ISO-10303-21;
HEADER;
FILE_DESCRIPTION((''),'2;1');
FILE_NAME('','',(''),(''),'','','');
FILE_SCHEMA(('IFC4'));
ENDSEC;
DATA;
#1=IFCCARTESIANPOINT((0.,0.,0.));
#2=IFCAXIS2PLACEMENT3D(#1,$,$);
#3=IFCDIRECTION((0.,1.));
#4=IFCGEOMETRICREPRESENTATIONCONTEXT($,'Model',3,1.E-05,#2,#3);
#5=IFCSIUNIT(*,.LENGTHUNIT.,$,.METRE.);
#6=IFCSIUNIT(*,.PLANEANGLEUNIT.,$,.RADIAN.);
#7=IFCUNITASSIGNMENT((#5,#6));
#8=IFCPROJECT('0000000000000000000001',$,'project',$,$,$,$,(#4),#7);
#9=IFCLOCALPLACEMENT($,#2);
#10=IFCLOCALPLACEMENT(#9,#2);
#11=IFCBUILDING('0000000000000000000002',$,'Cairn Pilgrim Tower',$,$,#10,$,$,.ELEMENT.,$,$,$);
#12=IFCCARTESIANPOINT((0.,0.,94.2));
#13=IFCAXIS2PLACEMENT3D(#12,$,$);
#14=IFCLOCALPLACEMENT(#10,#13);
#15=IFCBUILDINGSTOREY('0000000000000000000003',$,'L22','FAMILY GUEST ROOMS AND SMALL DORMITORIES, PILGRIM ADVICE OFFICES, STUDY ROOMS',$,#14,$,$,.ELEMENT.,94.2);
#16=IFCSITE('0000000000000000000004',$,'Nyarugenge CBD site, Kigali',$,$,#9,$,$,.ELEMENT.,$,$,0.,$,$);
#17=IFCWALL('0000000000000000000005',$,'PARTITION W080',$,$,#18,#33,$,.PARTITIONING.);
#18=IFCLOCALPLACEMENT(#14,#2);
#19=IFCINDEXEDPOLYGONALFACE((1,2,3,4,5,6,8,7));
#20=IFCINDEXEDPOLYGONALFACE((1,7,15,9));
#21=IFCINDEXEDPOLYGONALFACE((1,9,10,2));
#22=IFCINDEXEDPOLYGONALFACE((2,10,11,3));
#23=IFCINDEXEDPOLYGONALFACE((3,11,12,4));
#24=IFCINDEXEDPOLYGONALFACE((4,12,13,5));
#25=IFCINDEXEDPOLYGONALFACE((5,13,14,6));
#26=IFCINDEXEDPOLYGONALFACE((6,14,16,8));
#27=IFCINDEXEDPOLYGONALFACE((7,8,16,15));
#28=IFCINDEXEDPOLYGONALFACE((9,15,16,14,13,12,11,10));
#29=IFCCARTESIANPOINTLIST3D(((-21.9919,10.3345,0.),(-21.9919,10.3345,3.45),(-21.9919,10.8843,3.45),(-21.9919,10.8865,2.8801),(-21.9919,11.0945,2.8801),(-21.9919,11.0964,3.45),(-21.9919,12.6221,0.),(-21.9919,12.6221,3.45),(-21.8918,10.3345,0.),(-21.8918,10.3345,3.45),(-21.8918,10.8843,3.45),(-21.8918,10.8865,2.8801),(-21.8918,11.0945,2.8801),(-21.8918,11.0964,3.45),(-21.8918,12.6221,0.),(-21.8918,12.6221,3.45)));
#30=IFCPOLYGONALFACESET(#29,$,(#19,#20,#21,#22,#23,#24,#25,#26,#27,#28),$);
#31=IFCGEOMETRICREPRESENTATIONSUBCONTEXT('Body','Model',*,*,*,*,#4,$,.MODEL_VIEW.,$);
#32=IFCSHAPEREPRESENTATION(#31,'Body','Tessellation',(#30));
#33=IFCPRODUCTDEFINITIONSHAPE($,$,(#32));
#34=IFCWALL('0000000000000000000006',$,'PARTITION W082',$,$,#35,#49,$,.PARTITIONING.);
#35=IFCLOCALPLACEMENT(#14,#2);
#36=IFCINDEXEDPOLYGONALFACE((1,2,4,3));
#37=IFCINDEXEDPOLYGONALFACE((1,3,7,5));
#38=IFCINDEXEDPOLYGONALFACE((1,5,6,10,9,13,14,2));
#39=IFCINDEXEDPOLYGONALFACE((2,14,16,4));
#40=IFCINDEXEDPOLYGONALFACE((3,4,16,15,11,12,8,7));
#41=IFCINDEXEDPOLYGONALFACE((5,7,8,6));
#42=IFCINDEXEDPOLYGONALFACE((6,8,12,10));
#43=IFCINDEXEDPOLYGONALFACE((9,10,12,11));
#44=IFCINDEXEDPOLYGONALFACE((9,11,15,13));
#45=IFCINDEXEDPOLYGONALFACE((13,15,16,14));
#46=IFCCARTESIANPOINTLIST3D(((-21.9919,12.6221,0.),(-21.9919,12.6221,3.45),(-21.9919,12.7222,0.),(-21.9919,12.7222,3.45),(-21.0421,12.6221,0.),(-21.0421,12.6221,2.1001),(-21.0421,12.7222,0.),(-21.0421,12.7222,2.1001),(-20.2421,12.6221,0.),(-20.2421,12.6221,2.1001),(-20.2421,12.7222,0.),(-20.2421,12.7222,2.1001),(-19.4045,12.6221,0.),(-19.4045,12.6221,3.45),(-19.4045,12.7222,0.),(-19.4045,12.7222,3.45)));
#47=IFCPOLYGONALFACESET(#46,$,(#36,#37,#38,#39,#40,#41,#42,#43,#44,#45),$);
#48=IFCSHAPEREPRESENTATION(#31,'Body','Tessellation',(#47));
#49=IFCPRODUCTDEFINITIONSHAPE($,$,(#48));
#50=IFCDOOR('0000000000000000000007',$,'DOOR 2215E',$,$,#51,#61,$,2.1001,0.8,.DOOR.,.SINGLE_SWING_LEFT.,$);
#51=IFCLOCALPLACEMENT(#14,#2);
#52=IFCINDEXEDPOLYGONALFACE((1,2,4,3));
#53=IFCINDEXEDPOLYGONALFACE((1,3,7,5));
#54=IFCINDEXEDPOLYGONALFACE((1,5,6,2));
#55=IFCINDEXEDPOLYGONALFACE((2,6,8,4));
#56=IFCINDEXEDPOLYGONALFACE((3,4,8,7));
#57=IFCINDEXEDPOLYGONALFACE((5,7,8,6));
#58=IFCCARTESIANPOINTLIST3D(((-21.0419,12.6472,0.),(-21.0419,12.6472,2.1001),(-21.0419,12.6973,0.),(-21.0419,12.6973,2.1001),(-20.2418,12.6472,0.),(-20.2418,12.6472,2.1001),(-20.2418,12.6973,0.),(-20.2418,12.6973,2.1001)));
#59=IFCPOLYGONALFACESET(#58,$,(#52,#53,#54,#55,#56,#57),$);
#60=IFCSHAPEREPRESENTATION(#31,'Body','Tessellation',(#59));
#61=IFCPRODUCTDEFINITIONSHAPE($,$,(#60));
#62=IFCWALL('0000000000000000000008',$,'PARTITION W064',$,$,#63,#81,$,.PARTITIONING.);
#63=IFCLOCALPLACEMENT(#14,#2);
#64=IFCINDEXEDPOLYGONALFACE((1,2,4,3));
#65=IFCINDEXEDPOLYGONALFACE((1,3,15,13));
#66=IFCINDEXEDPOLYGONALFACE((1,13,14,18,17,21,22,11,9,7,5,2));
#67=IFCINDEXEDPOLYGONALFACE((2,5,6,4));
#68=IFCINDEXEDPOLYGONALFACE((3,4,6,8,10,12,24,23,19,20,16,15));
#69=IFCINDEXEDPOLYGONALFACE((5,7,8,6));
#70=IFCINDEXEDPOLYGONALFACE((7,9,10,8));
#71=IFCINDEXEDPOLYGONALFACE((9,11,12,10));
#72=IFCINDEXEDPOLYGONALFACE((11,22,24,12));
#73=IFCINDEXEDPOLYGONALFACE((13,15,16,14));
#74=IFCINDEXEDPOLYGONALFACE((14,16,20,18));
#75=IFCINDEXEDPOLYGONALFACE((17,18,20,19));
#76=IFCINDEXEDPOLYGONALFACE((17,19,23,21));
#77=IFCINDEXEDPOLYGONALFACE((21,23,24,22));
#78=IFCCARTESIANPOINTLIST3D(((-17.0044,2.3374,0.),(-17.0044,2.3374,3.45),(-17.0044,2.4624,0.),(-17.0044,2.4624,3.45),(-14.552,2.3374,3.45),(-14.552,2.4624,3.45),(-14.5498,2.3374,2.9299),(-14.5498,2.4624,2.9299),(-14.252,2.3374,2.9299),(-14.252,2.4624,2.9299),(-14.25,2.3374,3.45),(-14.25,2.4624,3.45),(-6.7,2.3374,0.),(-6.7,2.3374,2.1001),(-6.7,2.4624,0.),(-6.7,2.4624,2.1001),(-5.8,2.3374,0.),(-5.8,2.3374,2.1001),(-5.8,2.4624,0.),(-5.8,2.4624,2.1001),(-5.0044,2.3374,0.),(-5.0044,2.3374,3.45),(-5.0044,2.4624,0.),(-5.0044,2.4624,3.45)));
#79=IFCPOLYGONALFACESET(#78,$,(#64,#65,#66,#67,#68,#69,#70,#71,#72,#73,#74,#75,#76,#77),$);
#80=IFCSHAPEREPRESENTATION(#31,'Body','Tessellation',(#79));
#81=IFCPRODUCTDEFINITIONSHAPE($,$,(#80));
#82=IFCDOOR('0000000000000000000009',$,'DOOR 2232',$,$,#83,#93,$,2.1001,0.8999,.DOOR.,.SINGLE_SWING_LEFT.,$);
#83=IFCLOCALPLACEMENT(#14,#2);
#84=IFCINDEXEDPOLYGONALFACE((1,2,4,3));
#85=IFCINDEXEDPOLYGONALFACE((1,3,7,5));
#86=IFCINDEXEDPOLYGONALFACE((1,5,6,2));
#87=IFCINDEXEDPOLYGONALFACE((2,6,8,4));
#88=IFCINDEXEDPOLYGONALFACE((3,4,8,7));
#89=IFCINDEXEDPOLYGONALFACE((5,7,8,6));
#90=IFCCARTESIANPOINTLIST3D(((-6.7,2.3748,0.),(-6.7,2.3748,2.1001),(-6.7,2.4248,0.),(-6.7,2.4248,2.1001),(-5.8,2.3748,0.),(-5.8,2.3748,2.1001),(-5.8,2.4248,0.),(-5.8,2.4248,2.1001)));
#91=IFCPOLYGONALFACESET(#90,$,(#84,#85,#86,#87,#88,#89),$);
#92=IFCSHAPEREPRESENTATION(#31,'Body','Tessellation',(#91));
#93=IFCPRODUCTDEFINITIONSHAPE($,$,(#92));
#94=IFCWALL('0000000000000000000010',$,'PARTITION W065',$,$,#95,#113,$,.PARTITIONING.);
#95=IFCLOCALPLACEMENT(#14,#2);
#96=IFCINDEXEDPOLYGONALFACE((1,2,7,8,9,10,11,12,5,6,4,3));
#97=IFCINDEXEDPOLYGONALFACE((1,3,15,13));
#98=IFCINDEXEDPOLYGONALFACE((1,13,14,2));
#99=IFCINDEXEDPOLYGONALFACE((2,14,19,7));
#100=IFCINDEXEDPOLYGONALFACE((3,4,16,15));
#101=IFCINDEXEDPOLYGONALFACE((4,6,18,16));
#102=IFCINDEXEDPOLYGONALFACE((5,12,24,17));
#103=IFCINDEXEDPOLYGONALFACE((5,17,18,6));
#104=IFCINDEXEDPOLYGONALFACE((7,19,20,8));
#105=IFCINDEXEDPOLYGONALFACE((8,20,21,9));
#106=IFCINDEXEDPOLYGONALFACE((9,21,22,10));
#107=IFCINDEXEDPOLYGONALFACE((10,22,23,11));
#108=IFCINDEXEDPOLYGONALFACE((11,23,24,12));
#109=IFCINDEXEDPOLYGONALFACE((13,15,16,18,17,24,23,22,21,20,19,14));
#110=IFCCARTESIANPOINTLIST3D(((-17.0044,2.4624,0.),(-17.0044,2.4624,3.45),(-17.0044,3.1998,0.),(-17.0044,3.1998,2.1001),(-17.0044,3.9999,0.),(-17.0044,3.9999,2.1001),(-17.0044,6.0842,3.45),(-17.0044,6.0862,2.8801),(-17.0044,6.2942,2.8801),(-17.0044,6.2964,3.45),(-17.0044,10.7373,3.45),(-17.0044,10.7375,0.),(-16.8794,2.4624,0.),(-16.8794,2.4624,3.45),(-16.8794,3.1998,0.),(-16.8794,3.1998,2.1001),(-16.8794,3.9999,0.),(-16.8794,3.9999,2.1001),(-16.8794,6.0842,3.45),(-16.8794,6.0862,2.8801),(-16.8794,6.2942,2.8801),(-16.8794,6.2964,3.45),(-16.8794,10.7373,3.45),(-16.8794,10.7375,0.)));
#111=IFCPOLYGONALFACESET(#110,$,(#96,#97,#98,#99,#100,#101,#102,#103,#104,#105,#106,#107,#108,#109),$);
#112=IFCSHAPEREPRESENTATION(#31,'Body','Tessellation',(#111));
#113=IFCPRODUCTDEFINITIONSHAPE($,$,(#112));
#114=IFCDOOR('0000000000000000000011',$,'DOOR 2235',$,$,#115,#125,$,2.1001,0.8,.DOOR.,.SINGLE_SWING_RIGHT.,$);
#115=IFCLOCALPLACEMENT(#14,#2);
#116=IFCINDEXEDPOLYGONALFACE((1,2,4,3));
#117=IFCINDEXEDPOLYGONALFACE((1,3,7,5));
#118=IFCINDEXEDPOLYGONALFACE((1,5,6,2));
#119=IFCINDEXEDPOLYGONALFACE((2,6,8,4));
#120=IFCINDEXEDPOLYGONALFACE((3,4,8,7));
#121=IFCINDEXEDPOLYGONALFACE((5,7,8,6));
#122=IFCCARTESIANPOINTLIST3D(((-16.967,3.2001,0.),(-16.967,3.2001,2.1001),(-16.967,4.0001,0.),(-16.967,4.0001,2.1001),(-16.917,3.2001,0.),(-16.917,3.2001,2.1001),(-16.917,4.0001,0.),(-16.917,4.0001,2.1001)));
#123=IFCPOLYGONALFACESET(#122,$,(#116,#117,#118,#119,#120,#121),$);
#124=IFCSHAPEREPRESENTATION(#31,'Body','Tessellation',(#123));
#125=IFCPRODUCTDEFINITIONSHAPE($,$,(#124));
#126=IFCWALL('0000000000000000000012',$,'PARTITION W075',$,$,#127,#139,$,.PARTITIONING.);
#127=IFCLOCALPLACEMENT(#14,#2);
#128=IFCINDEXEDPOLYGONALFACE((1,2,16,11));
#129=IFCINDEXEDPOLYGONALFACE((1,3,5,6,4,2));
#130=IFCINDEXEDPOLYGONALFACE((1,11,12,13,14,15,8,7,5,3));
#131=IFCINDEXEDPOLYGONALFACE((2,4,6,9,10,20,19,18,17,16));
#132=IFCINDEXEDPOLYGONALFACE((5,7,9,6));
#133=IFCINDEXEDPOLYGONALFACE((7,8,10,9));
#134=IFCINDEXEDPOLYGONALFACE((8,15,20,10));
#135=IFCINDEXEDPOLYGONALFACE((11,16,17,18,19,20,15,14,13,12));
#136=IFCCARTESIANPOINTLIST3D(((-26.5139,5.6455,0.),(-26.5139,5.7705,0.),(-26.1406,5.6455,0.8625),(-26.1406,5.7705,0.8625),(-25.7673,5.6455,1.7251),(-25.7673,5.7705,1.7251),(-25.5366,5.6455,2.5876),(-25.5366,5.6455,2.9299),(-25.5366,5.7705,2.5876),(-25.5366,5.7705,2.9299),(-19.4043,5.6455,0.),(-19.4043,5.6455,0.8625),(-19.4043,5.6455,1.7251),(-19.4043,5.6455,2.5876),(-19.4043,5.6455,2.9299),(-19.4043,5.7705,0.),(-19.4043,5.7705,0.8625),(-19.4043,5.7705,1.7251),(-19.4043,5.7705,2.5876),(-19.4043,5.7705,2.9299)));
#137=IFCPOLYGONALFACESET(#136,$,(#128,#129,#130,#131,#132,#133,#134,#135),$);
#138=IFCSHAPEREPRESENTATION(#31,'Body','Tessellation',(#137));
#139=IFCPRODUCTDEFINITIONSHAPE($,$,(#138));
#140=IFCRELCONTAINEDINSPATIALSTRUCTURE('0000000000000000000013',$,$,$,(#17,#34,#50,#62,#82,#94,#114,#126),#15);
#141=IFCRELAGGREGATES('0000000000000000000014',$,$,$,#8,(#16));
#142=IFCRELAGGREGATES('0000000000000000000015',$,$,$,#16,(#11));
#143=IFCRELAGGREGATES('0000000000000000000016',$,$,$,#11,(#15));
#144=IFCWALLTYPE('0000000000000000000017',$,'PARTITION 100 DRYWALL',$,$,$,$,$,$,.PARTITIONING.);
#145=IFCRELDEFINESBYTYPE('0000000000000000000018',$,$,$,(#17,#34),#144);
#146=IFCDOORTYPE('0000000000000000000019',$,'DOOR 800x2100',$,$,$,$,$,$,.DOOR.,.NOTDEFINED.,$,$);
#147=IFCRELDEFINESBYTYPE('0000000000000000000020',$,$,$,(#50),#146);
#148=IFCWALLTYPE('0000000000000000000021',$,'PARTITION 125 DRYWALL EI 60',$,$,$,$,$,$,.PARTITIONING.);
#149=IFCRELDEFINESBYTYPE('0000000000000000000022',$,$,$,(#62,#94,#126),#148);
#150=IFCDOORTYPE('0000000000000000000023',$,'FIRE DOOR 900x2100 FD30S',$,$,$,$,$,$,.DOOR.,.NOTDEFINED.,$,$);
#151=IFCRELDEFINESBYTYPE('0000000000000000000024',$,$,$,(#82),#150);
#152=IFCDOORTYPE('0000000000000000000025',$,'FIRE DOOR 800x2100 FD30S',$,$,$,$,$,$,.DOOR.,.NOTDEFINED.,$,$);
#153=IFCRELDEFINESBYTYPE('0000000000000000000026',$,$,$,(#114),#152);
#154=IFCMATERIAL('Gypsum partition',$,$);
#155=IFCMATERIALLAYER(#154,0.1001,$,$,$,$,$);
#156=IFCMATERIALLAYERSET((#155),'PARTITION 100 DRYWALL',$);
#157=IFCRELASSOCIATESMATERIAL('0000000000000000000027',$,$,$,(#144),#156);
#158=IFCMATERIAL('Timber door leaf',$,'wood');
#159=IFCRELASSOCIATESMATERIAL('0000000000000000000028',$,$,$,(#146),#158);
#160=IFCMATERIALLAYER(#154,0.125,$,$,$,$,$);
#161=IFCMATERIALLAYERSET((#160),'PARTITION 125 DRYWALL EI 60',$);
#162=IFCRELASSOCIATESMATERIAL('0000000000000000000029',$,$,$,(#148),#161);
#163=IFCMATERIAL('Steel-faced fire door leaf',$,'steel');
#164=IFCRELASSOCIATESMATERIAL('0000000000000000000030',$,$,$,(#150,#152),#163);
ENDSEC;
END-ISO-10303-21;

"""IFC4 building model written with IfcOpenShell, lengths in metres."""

from ifc_helpers import new_model, si_unit, direction, frame, frame_2d, origin, place, context, subcontext, project, spatial, polyline, rectangle, outline, extrude, material, layer, layer_set, type_object, element, fill, save


model = new_model("IFC4")

# Units and contexts
model_context = context("Model", 3, precision=1e-05, world=origin(), true_north=direction((0.0, 1.0)))
body_context = subcontext(model_context, "Body", "Model", "MODEL_VIEW")
ifc_project = project(units=[si_unit("LENGTHUNIT", "METRE"), si_unit("PLANEANGLEUNIT", "RADIAN")], contexts=[model_context])

# Site, building, storey
site_placement = place(None, origin())
site = spatial("IfcSite", under=ifc_project, at=site_placement, Name="Nyarugenge CBD site, Kigali", CompositionType="ELEMENT", RefElevation=0.0)
building_placement = place(site_placement, origin())
building = spatial("IfcBuilding", under=site, at=building_placement, Name="Cairn Pilgrim Tower", CompositionType="ELEMENT")
storey_placement = place(building_placement, frame((0.0, 0.0, 94.2)))
storey = spatial("IfcBuildingStorey", under=building, at=storey_placement, Name="L22", Description="FAMILY GUEST ROOMS AND SMALL DORMITORIES, PILGRIM ADVICE OFFICES, STUDY ROOMS", CompositionType="ELEMENT", Elevation=94.2)

# Shared definitions
ifc_material_1 = material(Name="Gypsum partition")
ifc_layer_1 = layer(ifc_material_1, 0.1001)
ifc_layer_set_1 = layer_set([ifc_layer_1], Name="PARTITION 100 DRYWALL")
wall_type_1 = type_object("IfcWallType", Name="PARTITION 100 DRYWALL", PredefinedType="PARTITIONING", material=ifc_layer_set_1)
ifc_material_2 = material(Name="Timber door leaf", Category="wood")
door_type_1 = type_object("IfcDoorType", Name="DOOR 800x2100", OperationType="NOTDEFINED", PredefinedType="DOOR", material=ifc_material_2)

# Wall
wall_1_placement = place(storey_placement, frame((-21.9419, 10.3345, 0.0), z_axis=(0.0, 0.0, 1.0), x_axis=(0.0, 1.0, 0.0)))
element("IfcWall", 1, at=wall_1_placement, inside=storey, type_object=wall_type_1, Name="PARTITION W080", PredefinedType="PARTITIONING", context=body_context, shape_type="SweptSolid", body=[
    extrude(outline(polyline([(0.0, 0.0), (2.2876, 0.0), (2.2876, 3.45), (0.762, 3.45), (0.76, 2.8801), (0.552, 2.8801), (0.5498, 3.45), (0.0, 3.45), (0.0, 0.0)])), frame((0.0, 0.05, 0.0), z_axis=(0.0, -1.0, 0.0), x_axis=(1.0, 0.0, 0.0)), (0.0, 0.0, 1.0), 0.1001),
])

# Walls, openings, doors
wall_2_placement = place(storey_placement, frame((-21.9919, 12.6721, 0.0), z_axis=(0.0, 0.0, 1.0), x_axis=(1.0, 0.0, 0.0)))
wall_2 = element("IfcWall", 2, at=wall_2_placement, inside=storey, type_object=wall_type_1, Name="PARTITION W082", PredefinedType="PARTITIONING", context=body_context, shape_type="SweptSolid", body=[
    extrude(rectangle(XDim=2.5874, YDim=0.1001, at=frame_2d((1.2937, 0.0))), origin(), (0.0, 0.0, 1.0), 3.45),
])
opening_1_placement = place(wall_2_placement, frame((0.95, 0.0, 0.0)))
opening_1 = element("IfcOpeningElement", 3, at=opening_1_placement, cuts=wall_2, PredefinedType="OPENING", context=body_context, shape_type="SweptSolid", body=[
    extrude(rectangle(XDim=0.8, YDim=2.1001, at=frame_2d((0.3999, 1.05))), frame((0.0, 0.0601, 0.0), z_axis=(0.0, -1.0, 0.0), x_axis=(1.0, 0.0, 0.0)), (0.0, 0.0, 1.0), 0.1201),
])
door_1_placement = place(opening_1_placement, frame((0.8, 0.0, 0.0), z_axis=(0.0, 0.0, 1.0), x_axis=(-1.0, 0.0, 0.0)))
door_1 = element("IfcDoor", 4, at=door_1_placement, inside=storey, type_object=door_type_1, Name="DOOR 2215E", OperationType="SINGLE_SWING_LEFT", OverallHeight=2.1001, OverallWidth=0.8, PredefinedType="DOOR", context=body_context, shape_type="SweptSolid", body=[
    extrude(rectangle(XDim=0.8, YDim=2.1001, at=frame_2d((0.3999, 1.05))), frame((0.0, 0.0249, 0.0), z_axis=(0.0, -1.0, 0.0), x_axis=(1.0, 0.0, 0.0)), (0.0, 0.0, 1.0), 0.05),
])
fill(opening_1, door_1)
ifc_layer_2 = layer(ifc_material_1, 0.125)
ifc_layer_set_2 = layer_set([ifc_layer_2], Name="PARTITION 125 DRYWALL EI 60")
wall_type_2 = type_object("IfcWallType", Name="PARTITION 125 DRYWALL EI 60", PredefinedType="PARTITIONING", material=ifc_layer_set_2)
wall_3_placement = place(storey_placement, frame((-17.0044, 2.3999, 0.0), z_axis=(0.0, 0.0, 1.0), x_axis=(1.0, 0.0, 0.0)))
wall_3 = element("IfcWall", 5, at=wall_3_placement, inside=storey, type_object=wall_type_2, Name="PARTITION W064", PredefinedType="PARTITIONING", context=body_context, shape_type="SweptSolid", body=[
    extrude(outline(polyline([(0.0, 0.0), (12.0, 0.0), (12.0, 3.45), (2.7544, 3.45), (2.7524, 2.9299), (2.4546, 2.9299), (2.4524, 3.45), (0.0, 3.45), (0.0, 0.0)])), frame((0.0, 0.0625, 0.0), z_axis=(0.0, -1.0, 0.0), x_axis=(1.0, 0.0, 0.0)), (0.0, 0.0, 1.0), 0.125),
])
opening_2_placement = place(wall_3_placement, frame((10.3044, 0.0, 0.0)))
opening_2 = element("IfcOpeningElement", 6, at=opening_2_placement, cuts=wall_3, PredefinedType="OPENING", context=body_context, shape_type="SweptSolid", body=[
    extrude(rectangle(XDim=0.8999, YDim=2.1001, at=frame_2d((0.45, 1.05))), frame((0.0, 0.0725, 0.0), z_axis=(0.0, -1.0, 0.0), x_axis=(1.0, 0.0, 0.0)), (0.0, 0.0, 1.0), 0.145),
])
ifc_material_3 = material(Name="Steel-faced fire door leaf", Category="steel")
door_type_2 = type_object("IfcDoorType", Name="FIRE DOOR 900x2100 FD30S", OperationType="NOTDEFINED", PredefinedType="DOOR", material=ifc_material_3)
door_2_placement = place(opening_2_placement, origin())
door_2 = element("IfcDoor", 7, at=door_2_placement, inside=storey, type_object=door_type_2, Name="DOOR 2232", OperationType="SINGLE_SWING_LEFT", OverallHeight=2.1001, OverallWidth=0.8999, PredefinedType="DOOR", context=body_context, shape_type="SweptSolid", body=[
    extrude(rectangle(XDim=0.8999, YDim=2.1001, at=frame_2d((0.45, 1.05))), frame((0.0, 0.0249, 0.0), z_axis=(0.0, -1.0, 0.0), x_axis=(1.0, 0.0, 0.0)), (0.0, 0.0, 1.0), 0.05),
])
fill(opening_2, door_2)
wall_4_placement = place(storey_placement, frame((-16.9419, 2.4624, 0.0), z_axis=(0.0, 0.0, 1.0), x_axis=(0.0, 1.0, 0.0)))
wall_4 = element("IfcWall", 8, at=wall_4_placement, inside=storey, type_object=wall_type_2, Name="PARTITION W065", PredefinedType="PARTITIONING", context=body_context, shape_type="SweptSolid", body=[
    extrude(outline(polyline([(0.0, 0.0), (8.2751, 0.0), (8.2749, 3.45), (3.834, 3.45), (3.8318, 2.8801), (3.6238, 2.8801), (3.6218, 3.45), (0.0, 3.45), (0.0, 0.0)])), frame((0.0, 0.0625, 0.0), z_axis=(0.0, -1.0, 0.0), x_axis=(1.0, 0.0, 0.0)), (0.0, 0.0, 1.0), 0.125),
])
opening_3_placement = place(wall_4_placement, frame((0.7375, 0.0, 0.0)))
opening_3 = element("IfcOpeningElement", 9, at=opening_3_placement, cuts=wall_4, PredefinedType="OPENING", context=body_context, shape_type="SweptSolid", body=[
    extrude(rectangle(XDim=0.8, YDim=2.1001, at=frame_2d((0.3999, 1.05))), frame((0.0, 0.0725, 0.0), z_axis=(0.0, -1.0, 0.0), x_axis=(1.0, 0.0, 0.0)), (0.0, 0.0, 1.0), 0.145),
])
door_type_3 = type_object("IfcDoorType", Name="FIRE DOOR 800x2100 FD30S", OperationType="NOTDEFINED", PredefinedType="DOOR", material=ifc_material_3)
door_3_placement = place(opening_3_placement, frame((0.8, 0.0, 0.0), z_axis=(0.0, 0.0, 1.0), x_axis=(-1.0, 0.0, 0.0)))
door_3 = element("IfcDoor", 10, at=door_3_placement, inside=storey, type_object=door_type_3, Name="DOOR 2235", OperationType="SINGLE_SWING_RIGHT", OverallHeight=2.1001, OverallWidth=0.8, PredefinedType="DOOR", context=body_context, shape_type="SweptSolid", body=[
    extrude(rectangle(XDim=0.8, YDim=2.1001, at=frame_2d((0.3999, 1.05))), frame((0.0, 0.0249, 0.0), z_axis=(0.0, -1.0, 0.0), x_axis=(1.0, 0.0, 0.0)), (0.0, 0.0, 1.0), 0.05),
])
fill(opening_3, door_3)

# Wall
wall_5_placement = place(storey_placement, frame((-26.5139, 5.708, 0.0), z_axis=(0.0, 0.0, 1.0), x_axis=(1.0, 0.0, 0.0)))
element("IfcWall", 11, at=wall_5_placement, inside=storey, type_object=wall_type_2, Name="PARTITION W075", PredefinedType="PARTITIONING", context=body_context, shape_type="SweptSolid", body=[
    extrude(outline(polyline([(0.0, 0.0), (7.1096, 0.0), (7.1096, 0.8625), (7.1096, 1.7251), (7.1096, 2.5876), (7.1096, 2.9299), (0.9773, 2.9299), (0.9773, 2.5876), (0.7466, 1.7251), (0.3733, 0.8625), (0.0, 0.0)])), frame((0.0, 0.0625, 0.0), z_axis=(0.0, -1.0, 0.0), x_axis=(1.0, 0.0, 0.0)), (0.0, 0.0, 1.0), 0.125),
])

save(model, "model.ifc")
